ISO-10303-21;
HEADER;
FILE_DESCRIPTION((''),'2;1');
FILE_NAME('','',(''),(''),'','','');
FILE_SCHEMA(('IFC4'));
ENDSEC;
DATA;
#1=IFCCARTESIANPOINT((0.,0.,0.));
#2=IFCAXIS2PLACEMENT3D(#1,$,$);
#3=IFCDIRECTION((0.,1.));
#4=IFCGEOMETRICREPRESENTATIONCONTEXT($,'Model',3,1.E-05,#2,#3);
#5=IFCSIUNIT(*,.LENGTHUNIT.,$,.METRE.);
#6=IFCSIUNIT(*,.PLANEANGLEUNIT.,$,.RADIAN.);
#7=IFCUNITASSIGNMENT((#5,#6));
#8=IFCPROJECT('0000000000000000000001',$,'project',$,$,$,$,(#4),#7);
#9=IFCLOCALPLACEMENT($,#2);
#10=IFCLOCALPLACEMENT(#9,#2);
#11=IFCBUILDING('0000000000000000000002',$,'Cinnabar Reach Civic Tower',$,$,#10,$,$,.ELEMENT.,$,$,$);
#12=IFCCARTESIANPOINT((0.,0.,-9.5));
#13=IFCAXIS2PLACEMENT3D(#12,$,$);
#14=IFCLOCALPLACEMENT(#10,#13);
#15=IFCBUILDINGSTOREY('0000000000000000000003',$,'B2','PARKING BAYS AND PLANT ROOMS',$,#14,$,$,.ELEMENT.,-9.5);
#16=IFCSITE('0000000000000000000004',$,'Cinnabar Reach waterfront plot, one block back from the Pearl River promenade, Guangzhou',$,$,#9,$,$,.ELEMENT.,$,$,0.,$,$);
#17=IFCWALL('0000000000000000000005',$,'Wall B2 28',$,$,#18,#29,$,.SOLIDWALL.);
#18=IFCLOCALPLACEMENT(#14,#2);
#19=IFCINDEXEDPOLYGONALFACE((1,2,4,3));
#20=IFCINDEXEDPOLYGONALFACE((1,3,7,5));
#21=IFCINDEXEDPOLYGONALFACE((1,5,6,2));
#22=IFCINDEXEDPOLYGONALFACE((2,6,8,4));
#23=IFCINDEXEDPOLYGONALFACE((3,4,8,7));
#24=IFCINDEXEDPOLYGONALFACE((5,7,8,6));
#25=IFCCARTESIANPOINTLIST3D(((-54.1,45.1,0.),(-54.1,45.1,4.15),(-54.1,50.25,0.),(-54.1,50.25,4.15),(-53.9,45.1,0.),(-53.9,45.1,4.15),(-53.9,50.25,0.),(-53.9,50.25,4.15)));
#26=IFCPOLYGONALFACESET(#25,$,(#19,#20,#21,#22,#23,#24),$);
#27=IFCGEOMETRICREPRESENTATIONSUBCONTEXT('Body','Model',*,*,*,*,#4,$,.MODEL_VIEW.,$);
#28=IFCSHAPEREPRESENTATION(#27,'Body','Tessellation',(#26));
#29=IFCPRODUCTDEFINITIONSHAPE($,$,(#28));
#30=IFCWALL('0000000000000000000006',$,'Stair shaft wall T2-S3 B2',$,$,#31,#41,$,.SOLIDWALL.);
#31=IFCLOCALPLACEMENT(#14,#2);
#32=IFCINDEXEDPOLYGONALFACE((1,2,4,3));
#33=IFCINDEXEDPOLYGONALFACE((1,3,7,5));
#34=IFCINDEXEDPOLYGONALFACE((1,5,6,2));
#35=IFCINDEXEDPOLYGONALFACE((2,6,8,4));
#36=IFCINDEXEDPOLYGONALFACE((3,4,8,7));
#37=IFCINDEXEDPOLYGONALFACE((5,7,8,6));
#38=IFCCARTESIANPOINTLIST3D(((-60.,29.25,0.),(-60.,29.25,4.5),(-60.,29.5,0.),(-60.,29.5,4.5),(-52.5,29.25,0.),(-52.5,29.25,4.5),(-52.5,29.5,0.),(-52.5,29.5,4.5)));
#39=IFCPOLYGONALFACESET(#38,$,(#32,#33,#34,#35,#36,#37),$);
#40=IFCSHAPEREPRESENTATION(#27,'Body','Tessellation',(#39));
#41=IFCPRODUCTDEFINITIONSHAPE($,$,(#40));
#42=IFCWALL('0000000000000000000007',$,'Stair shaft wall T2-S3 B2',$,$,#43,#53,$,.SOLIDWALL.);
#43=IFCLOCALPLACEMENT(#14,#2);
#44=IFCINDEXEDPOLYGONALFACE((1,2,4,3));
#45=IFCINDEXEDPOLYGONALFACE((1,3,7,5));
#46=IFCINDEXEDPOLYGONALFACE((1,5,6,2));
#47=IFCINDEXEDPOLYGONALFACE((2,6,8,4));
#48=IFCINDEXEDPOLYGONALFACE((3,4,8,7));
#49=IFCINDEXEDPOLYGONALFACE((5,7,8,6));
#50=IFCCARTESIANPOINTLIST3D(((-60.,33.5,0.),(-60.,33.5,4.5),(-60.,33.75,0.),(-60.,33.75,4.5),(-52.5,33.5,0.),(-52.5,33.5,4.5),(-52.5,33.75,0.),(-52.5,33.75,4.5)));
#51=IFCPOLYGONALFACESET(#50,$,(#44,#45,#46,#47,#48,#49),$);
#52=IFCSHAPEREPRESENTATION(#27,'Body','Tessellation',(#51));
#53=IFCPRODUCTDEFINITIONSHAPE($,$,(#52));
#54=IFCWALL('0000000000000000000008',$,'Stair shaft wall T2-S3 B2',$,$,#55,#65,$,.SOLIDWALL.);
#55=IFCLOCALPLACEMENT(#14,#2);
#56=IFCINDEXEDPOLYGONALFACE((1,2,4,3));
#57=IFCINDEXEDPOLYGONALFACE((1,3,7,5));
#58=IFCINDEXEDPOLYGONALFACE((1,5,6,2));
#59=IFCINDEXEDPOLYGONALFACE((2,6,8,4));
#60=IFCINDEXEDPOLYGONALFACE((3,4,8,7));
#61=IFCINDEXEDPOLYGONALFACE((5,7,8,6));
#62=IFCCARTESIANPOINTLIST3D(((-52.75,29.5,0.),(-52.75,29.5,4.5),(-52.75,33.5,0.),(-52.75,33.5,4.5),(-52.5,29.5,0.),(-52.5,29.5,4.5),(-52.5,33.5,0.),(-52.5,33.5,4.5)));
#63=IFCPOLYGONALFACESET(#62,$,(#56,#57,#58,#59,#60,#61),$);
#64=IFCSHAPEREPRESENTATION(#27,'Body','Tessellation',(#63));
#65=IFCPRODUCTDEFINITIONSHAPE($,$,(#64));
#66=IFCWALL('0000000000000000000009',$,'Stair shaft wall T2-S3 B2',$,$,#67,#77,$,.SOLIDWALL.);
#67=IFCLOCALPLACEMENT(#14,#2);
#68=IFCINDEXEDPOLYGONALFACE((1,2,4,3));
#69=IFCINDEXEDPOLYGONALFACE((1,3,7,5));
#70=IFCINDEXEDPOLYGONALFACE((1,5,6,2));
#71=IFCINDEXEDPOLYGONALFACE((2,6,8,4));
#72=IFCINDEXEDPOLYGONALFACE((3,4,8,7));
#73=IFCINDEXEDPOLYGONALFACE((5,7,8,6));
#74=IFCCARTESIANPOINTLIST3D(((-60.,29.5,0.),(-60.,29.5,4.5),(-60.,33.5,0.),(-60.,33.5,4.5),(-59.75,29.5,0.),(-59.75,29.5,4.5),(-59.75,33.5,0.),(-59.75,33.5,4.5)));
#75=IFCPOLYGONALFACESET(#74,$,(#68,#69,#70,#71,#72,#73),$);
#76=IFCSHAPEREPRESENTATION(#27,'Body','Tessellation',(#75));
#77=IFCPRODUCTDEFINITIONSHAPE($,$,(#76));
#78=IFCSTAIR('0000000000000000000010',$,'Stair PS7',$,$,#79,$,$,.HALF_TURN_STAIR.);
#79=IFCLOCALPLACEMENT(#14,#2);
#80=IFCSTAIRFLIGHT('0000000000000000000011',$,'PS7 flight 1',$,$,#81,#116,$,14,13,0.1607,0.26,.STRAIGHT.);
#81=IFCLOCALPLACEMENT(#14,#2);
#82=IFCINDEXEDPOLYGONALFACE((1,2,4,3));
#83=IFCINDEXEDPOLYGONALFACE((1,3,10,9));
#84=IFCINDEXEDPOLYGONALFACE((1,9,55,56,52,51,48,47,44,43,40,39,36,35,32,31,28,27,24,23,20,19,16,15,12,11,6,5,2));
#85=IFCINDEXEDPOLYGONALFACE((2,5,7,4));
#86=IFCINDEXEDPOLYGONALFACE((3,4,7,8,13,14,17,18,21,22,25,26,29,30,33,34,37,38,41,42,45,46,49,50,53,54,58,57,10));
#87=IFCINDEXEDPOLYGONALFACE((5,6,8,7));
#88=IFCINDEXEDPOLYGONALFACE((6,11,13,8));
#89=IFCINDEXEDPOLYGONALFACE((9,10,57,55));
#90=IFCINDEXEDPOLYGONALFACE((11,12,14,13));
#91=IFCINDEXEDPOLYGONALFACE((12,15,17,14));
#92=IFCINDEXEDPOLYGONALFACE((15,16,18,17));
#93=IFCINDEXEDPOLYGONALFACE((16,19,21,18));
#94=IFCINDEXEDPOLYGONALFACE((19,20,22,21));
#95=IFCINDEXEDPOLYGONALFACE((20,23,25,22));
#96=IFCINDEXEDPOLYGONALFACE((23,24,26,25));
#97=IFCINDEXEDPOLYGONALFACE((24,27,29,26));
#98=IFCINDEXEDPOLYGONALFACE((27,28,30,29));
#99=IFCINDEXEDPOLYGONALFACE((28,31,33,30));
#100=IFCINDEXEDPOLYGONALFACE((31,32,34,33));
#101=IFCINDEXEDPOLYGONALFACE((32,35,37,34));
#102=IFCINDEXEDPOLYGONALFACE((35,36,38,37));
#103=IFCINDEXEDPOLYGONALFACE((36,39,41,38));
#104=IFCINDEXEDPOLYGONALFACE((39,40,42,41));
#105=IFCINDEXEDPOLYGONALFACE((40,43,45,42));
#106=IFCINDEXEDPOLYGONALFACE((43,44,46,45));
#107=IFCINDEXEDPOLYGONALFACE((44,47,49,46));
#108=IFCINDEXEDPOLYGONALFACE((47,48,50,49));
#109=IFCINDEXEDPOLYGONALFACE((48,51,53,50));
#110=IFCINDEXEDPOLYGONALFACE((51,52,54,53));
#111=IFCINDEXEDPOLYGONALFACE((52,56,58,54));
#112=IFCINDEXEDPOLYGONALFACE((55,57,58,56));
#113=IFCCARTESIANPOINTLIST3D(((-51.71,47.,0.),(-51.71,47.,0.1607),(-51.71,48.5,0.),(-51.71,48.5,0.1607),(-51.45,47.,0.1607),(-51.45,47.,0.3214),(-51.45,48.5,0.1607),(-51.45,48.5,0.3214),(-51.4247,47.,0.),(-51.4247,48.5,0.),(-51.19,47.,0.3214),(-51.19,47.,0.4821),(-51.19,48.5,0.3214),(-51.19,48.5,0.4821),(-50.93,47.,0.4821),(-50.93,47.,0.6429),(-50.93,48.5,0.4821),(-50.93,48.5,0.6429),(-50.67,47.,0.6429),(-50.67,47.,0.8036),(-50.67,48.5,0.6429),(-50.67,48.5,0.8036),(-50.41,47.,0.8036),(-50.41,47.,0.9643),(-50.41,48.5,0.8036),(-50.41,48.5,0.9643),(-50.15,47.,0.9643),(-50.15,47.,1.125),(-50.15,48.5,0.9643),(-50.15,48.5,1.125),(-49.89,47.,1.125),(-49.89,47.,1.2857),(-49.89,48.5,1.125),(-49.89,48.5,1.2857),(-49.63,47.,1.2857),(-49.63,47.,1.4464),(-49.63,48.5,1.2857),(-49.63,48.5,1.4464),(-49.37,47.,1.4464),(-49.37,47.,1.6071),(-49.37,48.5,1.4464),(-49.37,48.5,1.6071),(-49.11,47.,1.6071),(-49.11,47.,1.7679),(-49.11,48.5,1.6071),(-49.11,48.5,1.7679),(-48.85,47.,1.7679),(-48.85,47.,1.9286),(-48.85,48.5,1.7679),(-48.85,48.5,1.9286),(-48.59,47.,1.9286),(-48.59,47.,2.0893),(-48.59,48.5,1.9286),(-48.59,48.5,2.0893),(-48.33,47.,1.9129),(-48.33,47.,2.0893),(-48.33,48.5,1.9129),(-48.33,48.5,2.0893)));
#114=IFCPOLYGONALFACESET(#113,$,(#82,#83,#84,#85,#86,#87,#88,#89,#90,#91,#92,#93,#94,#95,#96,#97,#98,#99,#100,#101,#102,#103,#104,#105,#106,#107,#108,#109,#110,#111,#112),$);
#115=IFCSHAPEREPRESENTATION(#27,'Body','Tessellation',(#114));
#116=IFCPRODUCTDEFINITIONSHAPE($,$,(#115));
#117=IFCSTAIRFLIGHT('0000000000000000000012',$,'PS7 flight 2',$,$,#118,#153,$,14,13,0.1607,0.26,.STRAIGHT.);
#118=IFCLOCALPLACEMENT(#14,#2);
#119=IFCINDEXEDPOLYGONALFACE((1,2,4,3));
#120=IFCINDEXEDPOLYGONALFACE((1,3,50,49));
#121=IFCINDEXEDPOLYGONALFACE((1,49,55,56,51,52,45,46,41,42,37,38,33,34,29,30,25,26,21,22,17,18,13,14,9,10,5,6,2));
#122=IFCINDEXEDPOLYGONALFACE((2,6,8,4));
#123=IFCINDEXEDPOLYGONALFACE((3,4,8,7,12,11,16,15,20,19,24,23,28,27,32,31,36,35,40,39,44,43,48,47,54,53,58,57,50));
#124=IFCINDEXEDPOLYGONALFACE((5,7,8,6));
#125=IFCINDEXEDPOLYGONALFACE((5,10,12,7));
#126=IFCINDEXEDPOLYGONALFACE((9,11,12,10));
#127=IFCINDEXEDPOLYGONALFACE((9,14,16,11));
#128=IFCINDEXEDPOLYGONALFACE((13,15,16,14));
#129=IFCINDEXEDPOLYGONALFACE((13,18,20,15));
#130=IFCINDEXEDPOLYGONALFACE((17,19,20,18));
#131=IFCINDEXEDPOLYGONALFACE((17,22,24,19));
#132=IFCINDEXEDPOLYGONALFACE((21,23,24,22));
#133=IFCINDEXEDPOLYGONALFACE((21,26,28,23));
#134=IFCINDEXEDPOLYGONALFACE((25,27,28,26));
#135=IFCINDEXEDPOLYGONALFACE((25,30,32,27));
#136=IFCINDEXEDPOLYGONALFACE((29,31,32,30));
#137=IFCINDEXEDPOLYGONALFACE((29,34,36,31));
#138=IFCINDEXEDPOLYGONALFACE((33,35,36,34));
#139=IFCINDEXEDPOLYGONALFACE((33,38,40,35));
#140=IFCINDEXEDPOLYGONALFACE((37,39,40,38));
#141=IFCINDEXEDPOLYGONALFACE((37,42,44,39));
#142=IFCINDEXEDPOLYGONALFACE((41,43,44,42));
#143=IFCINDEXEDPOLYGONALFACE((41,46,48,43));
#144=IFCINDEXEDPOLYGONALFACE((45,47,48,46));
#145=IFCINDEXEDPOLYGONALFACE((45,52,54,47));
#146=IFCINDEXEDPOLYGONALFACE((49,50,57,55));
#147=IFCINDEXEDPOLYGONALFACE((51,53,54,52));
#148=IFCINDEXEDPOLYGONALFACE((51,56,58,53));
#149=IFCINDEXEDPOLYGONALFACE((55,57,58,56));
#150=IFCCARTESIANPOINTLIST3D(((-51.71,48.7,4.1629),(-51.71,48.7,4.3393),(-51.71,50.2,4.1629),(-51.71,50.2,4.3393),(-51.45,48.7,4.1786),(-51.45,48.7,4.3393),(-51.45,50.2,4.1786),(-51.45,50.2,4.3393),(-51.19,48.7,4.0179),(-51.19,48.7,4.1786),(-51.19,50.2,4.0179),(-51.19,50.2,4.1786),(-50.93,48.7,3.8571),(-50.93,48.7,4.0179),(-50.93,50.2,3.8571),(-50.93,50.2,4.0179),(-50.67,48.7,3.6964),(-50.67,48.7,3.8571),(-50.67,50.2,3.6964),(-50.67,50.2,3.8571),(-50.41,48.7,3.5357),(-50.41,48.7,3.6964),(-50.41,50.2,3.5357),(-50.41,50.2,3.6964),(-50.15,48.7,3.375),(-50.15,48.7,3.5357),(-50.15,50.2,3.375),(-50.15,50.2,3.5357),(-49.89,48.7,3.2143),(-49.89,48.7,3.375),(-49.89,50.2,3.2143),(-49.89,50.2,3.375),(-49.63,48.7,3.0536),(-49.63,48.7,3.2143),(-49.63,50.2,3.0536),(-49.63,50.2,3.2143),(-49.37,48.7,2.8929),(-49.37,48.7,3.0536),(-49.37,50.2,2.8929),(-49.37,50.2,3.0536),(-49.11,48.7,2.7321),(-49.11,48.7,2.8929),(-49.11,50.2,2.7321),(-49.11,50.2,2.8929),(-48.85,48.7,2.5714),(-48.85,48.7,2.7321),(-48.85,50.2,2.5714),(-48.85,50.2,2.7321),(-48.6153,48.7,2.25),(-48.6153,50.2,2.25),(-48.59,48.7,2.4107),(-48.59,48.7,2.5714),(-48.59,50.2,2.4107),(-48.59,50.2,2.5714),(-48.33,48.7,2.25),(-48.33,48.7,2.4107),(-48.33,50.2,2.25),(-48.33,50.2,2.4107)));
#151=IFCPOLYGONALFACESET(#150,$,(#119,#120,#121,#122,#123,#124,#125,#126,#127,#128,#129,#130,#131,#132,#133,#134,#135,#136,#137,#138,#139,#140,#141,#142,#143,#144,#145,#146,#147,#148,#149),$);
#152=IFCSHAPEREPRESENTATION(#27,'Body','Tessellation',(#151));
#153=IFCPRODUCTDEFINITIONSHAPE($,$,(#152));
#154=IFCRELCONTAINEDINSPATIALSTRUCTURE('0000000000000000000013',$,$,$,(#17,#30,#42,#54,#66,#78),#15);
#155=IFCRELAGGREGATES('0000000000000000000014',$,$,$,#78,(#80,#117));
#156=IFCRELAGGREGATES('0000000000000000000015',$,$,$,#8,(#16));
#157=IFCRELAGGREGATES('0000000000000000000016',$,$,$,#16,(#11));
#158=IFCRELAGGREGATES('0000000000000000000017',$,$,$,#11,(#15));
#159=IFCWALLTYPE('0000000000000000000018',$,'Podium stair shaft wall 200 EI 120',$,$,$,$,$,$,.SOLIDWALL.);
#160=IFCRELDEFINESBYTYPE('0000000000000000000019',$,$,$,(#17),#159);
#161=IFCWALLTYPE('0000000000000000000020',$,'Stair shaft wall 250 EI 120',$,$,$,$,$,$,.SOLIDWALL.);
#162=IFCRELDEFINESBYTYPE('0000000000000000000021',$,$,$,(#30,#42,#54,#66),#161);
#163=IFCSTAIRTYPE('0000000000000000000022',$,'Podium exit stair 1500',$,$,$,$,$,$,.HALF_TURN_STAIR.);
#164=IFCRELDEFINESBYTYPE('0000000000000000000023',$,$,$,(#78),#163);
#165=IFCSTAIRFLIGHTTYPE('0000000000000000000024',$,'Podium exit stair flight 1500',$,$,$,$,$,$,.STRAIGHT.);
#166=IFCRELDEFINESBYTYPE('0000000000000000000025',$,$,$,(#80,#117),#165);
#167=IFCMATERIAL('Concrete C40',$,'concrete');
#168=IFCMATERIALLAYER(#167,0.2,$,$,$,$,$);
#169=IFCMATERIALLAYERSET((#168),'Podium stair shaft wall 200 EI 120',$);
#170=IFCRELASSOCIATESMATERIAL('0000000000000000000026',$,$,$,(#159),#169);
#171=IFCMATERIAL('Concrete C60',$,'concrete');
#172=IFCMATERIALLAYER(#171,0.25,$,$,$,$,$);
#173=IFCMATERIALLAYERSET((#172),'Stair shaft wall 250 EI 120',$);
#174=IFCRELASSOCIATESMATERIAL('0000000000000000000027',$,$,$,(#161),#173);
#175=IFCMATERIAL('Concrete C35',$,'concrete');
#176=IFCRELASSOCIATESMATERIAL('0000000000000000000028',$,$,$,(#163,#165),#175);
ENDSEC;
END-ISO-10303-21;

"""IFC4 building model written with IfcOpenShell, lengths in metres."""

from ifc_helpers import new_model, si_unit, direction, frame, frame_2d, origin, place, context, subcontext, project, spatial, polyline, rectangle, outline, extrude, material, layer, layer_set, type_object, element, aggregate, save


model = new_model("IFC4")

# Units and contexts
model_context = context("Model", 3, precision=1e-05, world=origin(), true_north=direction((0.0, 1.0)))
body_context = subcontext(model_context, "Body", "Model", "MODEL_VIEW")
ifc_project = project(units=[si_unit("LENGTHUNIT", "METRE"), si_unit("PLANEANGLEUNIT", "RADIAN")], contexts=[model_context])

# Site, building, storey
site_placement = place(None, origin())
site = spatial("IfcSite", under=ifc_project, at=site_placement, Name="Cinnabar Reach waterfront plot, one block back from the Pearl River promenade, Guangzhou", CompositionType="ELEMENT", RefElevation=0.0)
building_placement = place(site_placement, origin())
building = spatial("IfcBuilding", under=site, at=building_placement, Name="Cinnabar Reach Civic Tower", CompositionType="ELEMENT")
storey_placement = place(building_placement, frame((0.0, 0.0, -9.5)))
storey = spatial("IfcBuildingStorey", under=building, at=storey_placement, Name="B2", Description="PARKING BAYS AND PLANT ROOMS", CompositionType="ELEMENT", Elevation=-9.5)

# Shared definitions
ifc_material_1 = material(Name="Concrete C60", Category="concrete")

# Shared definitions
ifc_material_2 = material(Name="Concrete C40", Category="concrete")
ifc_layer_1 = layer(ifc_material_2, 0.2)
ifc_layer_set_1 = layer_set([ifc_layer_1], Name="Podium stair shaft wall 200 EI 120")
wall_type_1 = type_object("IfcWallType", Name="Podium stair shaft wall 200 EI 120", PredefinedType="SOLIDWALL", material=ifc_layer_set_1)

# Walls
wall_1_placement = place(storey_placement, frame((-54.0, 45.1, 0.0), z_axis=(0.0, 0.0, 1.0), x_axis=(0.0, 1.0, 0.0)))
element("IfcWall", 1, at=wall_1_placement, inside=storey, type_object=wall_type_1, Name="Wall B2 28", PredefinedType="SOLIDWALL", context=body_context, shape_type="SweptSolid", body=[
    extrude(rectangle(XDim=5.15, YDim=0.2, at=frame_2d((2.575, 0.0))), origin(), (0.0, 0.0, 1.0), 4.15),
])
ifc_layer_2 = layer(ifc_material_1, 0.25)
ifc_layer_set_2 = layer_set([ifc_layer_2], Name="Stair shaft wall 250 EI 120")
wall_type_2 = type_object("IfcWallType", Name="Stair shaft wall 250 EI 120", PredefinedType="SOLIDWALL", material=ifc_layer_set_2)
for number, where, z_axis, x_axis, name in (
    (2, (-60.0, 29.375, 0.0), (0.0, 0.0, 1.0), (1.0, 0.0, 0.0), "Stair shaft wall T2-S3 B2"),
    (3, (-52.5, 33.625, 0.0), (0.0, 0.0, 1.0), (-1.0, 0.0, 0.0), "Stair shaft wall T2-S3 B2"),
):
    element("IfcWall", number, at=place(storey_placement, frame(where, z_axis=z_axis, x_axis=x_axis)), inside=storey, type_object=wall_type_2, Name=name, PredefinedType="SOLIDWALL", context=body_context, shape_type="SweptSolid", body=[
        extrude(rectangle(XDim=7.5, YDim=0.25, at=frame_2d((3.75, 0.0))), origin(), (0.0, 0.0, 1.0), 4.5),
    ])
for number, where, z_axis, x_axis, name in (
    (4, (-52.625, 29.5, 0.0), (0.0, 0.0, 1.0), (0.0, 1.0, 0.0), "Stair shaft wall T2-S3 B2"),
    (5, (-59.875, 33.5, 0.0), (0.0, 0.0, 1.0), (0.0, -1.0, 0.0), "Stair shaft wall T2-S3 B2"),
):
    element("IfcWall", number, at=place(storey_placement, frame(where, z_axis=z_axis, x_axis=x_axis)), inside=storey, type_object=wall_type_2, Name=name, PredefinedType="SOLIDWALL", context=body_context, shape_type="SweptSolid", body=[
        extrude(rectangle(XDim=4.0, YDim=0.25, at=frame_2d((2.0, 0.0))), origin(), (0.0, 0.0, 1.0), 4.5),
    ])

# Stair, stair flights
ifc_material_3 = material(Name="Concrete C35", Category="concrete")
stair_type = type_object("IfcStairType", Name="Podium exit stair 1500", PredefinedType="HALF_TURN_STAIR", material=ifc_material_3)
stair_placement = place(storey_placement, origin())
stair = element("IfcStair", 6, at=stair_placement, inside=storey, type_object=stair_type, Name="Stair PS7", PredefinedType="HALF_TURN_STAIR")
stair_flight_type = type_object("IfcStairFlightType", Name="Podium exit stair flight 1500", PredefinedType="STRAIGHT", material=ifc_material_3)
stair_flight_1_placement = place(storey_placement, frame((-51.71, 47.75, 0.0), z_axis=(0.0, 0.0, 1.0), x_axis=(1.0, 0.0, 0.0)))
stair_flight_1 = element("IfcStairFlight", 7, at=stair_flight_1_placement, type_object=stair_flight_type, Name="PS7 flight 1", NumberOfRisers=14, NumberOfTreads=13, PredefinedType="STRAIGHT", RiserHeight=0.1607, TreadLength=0.26, context=body_context, shape_type="SweptSolid", body=[
    extrude(outline(polyline([(0.0, 0.0), (0.0, 0.1607), (0.26, 0.1607), (0.26, 0.3214), (0.52, 0.3214), (0.52, 0.4821), (0.78, 0.4821), (0.78, 0.6429), (1.04, 0.6429), (1.04, 0.8036), (1.3, 0.8036), (1.3, 0.9643), (1.56, 0.9643), (1.56, 1.125), (1.82, 1.125), (1.82, 1.2857), (2.08, 1.2857), (2.08, 1.4464), (2.34, 1.4464), (2.34, 1.6071), (2.6, 1.6071), (2.6, 1.7679), (2.86, 1.7679), (2.86, 1.9286), (3.12, 1.9286), (3.12, 2.0893), (3.38, 2.0893), (3.38, 2.25), (3.38, 1.9129), (0.2853, 0.0), (0.0, 0.0)])), frame((0.0, 0.75, 0.0), z_axis=(0.0, -1.0, 0.0), x_axis=(1.0, 0.0, 0.0)), (0.0, 0.0, 1.0), 1.5),
])
stair_flight_2_placement = place(storey_placement, frame((-48.33, 49.45, 2.25), z_axis=(0.0, 0.0, 1.0), x_axis=(-1.0, 0.0, 0.0)))
stair_flight_2 = element("IfcStairFlight", 8, at=stair_flight_2_placement, type_object=stair_flight_type, Name="PS7 flight 2", NumberOfRisers=14, NumberOfTreads=13, PredefinedType="STRAIGHT", RiserHeight=0.1607, TreadLength=0.26, context=body_context, shape_type="SweptSolid", body=[
    extrude(outline(polyline([(0.0, 0.0), (0.0, 0.1607), (0.26, 0.1607), (0.26, 0.3214), (0.52, 0.3214), (0.52, 0.4821), (0.78, 0.4821), (0.78, 0.6429), (1.04, 0.6429), (1.04, 0.8036), (1.3, 0.8036), (1.3, 0.9643), (1.56, 0.9643), (1.56, 1.125), (1.82, 1.125), (1.82, 1.2857), (2.08, 1.2857), (2.08, 1.4464), (2.34, 1.4464), (2.34, 1.6071), (2.6, 1.6071), (2.6, 1.7679), (2.86, 1.7679), (2.86, 1.9286), (3.12, 1.9286), (3.12, 2.0893), (3.38, 2.0893), (3.38, 2.25), (3.38, 1.9129), (0.2853, 0.0), (0.0, 0.0)])), frame((0.0, 0.75, 0.0), z_axis=(0.0, -1.0, 0.0), x_axis=(1.0, 0.0, 0.0)), (0.0, 0.0, 1.0), 1.5),
])
aggregate(stair, [stair_flight_1, stair_flight_2])

save(model, "model.ifc")
